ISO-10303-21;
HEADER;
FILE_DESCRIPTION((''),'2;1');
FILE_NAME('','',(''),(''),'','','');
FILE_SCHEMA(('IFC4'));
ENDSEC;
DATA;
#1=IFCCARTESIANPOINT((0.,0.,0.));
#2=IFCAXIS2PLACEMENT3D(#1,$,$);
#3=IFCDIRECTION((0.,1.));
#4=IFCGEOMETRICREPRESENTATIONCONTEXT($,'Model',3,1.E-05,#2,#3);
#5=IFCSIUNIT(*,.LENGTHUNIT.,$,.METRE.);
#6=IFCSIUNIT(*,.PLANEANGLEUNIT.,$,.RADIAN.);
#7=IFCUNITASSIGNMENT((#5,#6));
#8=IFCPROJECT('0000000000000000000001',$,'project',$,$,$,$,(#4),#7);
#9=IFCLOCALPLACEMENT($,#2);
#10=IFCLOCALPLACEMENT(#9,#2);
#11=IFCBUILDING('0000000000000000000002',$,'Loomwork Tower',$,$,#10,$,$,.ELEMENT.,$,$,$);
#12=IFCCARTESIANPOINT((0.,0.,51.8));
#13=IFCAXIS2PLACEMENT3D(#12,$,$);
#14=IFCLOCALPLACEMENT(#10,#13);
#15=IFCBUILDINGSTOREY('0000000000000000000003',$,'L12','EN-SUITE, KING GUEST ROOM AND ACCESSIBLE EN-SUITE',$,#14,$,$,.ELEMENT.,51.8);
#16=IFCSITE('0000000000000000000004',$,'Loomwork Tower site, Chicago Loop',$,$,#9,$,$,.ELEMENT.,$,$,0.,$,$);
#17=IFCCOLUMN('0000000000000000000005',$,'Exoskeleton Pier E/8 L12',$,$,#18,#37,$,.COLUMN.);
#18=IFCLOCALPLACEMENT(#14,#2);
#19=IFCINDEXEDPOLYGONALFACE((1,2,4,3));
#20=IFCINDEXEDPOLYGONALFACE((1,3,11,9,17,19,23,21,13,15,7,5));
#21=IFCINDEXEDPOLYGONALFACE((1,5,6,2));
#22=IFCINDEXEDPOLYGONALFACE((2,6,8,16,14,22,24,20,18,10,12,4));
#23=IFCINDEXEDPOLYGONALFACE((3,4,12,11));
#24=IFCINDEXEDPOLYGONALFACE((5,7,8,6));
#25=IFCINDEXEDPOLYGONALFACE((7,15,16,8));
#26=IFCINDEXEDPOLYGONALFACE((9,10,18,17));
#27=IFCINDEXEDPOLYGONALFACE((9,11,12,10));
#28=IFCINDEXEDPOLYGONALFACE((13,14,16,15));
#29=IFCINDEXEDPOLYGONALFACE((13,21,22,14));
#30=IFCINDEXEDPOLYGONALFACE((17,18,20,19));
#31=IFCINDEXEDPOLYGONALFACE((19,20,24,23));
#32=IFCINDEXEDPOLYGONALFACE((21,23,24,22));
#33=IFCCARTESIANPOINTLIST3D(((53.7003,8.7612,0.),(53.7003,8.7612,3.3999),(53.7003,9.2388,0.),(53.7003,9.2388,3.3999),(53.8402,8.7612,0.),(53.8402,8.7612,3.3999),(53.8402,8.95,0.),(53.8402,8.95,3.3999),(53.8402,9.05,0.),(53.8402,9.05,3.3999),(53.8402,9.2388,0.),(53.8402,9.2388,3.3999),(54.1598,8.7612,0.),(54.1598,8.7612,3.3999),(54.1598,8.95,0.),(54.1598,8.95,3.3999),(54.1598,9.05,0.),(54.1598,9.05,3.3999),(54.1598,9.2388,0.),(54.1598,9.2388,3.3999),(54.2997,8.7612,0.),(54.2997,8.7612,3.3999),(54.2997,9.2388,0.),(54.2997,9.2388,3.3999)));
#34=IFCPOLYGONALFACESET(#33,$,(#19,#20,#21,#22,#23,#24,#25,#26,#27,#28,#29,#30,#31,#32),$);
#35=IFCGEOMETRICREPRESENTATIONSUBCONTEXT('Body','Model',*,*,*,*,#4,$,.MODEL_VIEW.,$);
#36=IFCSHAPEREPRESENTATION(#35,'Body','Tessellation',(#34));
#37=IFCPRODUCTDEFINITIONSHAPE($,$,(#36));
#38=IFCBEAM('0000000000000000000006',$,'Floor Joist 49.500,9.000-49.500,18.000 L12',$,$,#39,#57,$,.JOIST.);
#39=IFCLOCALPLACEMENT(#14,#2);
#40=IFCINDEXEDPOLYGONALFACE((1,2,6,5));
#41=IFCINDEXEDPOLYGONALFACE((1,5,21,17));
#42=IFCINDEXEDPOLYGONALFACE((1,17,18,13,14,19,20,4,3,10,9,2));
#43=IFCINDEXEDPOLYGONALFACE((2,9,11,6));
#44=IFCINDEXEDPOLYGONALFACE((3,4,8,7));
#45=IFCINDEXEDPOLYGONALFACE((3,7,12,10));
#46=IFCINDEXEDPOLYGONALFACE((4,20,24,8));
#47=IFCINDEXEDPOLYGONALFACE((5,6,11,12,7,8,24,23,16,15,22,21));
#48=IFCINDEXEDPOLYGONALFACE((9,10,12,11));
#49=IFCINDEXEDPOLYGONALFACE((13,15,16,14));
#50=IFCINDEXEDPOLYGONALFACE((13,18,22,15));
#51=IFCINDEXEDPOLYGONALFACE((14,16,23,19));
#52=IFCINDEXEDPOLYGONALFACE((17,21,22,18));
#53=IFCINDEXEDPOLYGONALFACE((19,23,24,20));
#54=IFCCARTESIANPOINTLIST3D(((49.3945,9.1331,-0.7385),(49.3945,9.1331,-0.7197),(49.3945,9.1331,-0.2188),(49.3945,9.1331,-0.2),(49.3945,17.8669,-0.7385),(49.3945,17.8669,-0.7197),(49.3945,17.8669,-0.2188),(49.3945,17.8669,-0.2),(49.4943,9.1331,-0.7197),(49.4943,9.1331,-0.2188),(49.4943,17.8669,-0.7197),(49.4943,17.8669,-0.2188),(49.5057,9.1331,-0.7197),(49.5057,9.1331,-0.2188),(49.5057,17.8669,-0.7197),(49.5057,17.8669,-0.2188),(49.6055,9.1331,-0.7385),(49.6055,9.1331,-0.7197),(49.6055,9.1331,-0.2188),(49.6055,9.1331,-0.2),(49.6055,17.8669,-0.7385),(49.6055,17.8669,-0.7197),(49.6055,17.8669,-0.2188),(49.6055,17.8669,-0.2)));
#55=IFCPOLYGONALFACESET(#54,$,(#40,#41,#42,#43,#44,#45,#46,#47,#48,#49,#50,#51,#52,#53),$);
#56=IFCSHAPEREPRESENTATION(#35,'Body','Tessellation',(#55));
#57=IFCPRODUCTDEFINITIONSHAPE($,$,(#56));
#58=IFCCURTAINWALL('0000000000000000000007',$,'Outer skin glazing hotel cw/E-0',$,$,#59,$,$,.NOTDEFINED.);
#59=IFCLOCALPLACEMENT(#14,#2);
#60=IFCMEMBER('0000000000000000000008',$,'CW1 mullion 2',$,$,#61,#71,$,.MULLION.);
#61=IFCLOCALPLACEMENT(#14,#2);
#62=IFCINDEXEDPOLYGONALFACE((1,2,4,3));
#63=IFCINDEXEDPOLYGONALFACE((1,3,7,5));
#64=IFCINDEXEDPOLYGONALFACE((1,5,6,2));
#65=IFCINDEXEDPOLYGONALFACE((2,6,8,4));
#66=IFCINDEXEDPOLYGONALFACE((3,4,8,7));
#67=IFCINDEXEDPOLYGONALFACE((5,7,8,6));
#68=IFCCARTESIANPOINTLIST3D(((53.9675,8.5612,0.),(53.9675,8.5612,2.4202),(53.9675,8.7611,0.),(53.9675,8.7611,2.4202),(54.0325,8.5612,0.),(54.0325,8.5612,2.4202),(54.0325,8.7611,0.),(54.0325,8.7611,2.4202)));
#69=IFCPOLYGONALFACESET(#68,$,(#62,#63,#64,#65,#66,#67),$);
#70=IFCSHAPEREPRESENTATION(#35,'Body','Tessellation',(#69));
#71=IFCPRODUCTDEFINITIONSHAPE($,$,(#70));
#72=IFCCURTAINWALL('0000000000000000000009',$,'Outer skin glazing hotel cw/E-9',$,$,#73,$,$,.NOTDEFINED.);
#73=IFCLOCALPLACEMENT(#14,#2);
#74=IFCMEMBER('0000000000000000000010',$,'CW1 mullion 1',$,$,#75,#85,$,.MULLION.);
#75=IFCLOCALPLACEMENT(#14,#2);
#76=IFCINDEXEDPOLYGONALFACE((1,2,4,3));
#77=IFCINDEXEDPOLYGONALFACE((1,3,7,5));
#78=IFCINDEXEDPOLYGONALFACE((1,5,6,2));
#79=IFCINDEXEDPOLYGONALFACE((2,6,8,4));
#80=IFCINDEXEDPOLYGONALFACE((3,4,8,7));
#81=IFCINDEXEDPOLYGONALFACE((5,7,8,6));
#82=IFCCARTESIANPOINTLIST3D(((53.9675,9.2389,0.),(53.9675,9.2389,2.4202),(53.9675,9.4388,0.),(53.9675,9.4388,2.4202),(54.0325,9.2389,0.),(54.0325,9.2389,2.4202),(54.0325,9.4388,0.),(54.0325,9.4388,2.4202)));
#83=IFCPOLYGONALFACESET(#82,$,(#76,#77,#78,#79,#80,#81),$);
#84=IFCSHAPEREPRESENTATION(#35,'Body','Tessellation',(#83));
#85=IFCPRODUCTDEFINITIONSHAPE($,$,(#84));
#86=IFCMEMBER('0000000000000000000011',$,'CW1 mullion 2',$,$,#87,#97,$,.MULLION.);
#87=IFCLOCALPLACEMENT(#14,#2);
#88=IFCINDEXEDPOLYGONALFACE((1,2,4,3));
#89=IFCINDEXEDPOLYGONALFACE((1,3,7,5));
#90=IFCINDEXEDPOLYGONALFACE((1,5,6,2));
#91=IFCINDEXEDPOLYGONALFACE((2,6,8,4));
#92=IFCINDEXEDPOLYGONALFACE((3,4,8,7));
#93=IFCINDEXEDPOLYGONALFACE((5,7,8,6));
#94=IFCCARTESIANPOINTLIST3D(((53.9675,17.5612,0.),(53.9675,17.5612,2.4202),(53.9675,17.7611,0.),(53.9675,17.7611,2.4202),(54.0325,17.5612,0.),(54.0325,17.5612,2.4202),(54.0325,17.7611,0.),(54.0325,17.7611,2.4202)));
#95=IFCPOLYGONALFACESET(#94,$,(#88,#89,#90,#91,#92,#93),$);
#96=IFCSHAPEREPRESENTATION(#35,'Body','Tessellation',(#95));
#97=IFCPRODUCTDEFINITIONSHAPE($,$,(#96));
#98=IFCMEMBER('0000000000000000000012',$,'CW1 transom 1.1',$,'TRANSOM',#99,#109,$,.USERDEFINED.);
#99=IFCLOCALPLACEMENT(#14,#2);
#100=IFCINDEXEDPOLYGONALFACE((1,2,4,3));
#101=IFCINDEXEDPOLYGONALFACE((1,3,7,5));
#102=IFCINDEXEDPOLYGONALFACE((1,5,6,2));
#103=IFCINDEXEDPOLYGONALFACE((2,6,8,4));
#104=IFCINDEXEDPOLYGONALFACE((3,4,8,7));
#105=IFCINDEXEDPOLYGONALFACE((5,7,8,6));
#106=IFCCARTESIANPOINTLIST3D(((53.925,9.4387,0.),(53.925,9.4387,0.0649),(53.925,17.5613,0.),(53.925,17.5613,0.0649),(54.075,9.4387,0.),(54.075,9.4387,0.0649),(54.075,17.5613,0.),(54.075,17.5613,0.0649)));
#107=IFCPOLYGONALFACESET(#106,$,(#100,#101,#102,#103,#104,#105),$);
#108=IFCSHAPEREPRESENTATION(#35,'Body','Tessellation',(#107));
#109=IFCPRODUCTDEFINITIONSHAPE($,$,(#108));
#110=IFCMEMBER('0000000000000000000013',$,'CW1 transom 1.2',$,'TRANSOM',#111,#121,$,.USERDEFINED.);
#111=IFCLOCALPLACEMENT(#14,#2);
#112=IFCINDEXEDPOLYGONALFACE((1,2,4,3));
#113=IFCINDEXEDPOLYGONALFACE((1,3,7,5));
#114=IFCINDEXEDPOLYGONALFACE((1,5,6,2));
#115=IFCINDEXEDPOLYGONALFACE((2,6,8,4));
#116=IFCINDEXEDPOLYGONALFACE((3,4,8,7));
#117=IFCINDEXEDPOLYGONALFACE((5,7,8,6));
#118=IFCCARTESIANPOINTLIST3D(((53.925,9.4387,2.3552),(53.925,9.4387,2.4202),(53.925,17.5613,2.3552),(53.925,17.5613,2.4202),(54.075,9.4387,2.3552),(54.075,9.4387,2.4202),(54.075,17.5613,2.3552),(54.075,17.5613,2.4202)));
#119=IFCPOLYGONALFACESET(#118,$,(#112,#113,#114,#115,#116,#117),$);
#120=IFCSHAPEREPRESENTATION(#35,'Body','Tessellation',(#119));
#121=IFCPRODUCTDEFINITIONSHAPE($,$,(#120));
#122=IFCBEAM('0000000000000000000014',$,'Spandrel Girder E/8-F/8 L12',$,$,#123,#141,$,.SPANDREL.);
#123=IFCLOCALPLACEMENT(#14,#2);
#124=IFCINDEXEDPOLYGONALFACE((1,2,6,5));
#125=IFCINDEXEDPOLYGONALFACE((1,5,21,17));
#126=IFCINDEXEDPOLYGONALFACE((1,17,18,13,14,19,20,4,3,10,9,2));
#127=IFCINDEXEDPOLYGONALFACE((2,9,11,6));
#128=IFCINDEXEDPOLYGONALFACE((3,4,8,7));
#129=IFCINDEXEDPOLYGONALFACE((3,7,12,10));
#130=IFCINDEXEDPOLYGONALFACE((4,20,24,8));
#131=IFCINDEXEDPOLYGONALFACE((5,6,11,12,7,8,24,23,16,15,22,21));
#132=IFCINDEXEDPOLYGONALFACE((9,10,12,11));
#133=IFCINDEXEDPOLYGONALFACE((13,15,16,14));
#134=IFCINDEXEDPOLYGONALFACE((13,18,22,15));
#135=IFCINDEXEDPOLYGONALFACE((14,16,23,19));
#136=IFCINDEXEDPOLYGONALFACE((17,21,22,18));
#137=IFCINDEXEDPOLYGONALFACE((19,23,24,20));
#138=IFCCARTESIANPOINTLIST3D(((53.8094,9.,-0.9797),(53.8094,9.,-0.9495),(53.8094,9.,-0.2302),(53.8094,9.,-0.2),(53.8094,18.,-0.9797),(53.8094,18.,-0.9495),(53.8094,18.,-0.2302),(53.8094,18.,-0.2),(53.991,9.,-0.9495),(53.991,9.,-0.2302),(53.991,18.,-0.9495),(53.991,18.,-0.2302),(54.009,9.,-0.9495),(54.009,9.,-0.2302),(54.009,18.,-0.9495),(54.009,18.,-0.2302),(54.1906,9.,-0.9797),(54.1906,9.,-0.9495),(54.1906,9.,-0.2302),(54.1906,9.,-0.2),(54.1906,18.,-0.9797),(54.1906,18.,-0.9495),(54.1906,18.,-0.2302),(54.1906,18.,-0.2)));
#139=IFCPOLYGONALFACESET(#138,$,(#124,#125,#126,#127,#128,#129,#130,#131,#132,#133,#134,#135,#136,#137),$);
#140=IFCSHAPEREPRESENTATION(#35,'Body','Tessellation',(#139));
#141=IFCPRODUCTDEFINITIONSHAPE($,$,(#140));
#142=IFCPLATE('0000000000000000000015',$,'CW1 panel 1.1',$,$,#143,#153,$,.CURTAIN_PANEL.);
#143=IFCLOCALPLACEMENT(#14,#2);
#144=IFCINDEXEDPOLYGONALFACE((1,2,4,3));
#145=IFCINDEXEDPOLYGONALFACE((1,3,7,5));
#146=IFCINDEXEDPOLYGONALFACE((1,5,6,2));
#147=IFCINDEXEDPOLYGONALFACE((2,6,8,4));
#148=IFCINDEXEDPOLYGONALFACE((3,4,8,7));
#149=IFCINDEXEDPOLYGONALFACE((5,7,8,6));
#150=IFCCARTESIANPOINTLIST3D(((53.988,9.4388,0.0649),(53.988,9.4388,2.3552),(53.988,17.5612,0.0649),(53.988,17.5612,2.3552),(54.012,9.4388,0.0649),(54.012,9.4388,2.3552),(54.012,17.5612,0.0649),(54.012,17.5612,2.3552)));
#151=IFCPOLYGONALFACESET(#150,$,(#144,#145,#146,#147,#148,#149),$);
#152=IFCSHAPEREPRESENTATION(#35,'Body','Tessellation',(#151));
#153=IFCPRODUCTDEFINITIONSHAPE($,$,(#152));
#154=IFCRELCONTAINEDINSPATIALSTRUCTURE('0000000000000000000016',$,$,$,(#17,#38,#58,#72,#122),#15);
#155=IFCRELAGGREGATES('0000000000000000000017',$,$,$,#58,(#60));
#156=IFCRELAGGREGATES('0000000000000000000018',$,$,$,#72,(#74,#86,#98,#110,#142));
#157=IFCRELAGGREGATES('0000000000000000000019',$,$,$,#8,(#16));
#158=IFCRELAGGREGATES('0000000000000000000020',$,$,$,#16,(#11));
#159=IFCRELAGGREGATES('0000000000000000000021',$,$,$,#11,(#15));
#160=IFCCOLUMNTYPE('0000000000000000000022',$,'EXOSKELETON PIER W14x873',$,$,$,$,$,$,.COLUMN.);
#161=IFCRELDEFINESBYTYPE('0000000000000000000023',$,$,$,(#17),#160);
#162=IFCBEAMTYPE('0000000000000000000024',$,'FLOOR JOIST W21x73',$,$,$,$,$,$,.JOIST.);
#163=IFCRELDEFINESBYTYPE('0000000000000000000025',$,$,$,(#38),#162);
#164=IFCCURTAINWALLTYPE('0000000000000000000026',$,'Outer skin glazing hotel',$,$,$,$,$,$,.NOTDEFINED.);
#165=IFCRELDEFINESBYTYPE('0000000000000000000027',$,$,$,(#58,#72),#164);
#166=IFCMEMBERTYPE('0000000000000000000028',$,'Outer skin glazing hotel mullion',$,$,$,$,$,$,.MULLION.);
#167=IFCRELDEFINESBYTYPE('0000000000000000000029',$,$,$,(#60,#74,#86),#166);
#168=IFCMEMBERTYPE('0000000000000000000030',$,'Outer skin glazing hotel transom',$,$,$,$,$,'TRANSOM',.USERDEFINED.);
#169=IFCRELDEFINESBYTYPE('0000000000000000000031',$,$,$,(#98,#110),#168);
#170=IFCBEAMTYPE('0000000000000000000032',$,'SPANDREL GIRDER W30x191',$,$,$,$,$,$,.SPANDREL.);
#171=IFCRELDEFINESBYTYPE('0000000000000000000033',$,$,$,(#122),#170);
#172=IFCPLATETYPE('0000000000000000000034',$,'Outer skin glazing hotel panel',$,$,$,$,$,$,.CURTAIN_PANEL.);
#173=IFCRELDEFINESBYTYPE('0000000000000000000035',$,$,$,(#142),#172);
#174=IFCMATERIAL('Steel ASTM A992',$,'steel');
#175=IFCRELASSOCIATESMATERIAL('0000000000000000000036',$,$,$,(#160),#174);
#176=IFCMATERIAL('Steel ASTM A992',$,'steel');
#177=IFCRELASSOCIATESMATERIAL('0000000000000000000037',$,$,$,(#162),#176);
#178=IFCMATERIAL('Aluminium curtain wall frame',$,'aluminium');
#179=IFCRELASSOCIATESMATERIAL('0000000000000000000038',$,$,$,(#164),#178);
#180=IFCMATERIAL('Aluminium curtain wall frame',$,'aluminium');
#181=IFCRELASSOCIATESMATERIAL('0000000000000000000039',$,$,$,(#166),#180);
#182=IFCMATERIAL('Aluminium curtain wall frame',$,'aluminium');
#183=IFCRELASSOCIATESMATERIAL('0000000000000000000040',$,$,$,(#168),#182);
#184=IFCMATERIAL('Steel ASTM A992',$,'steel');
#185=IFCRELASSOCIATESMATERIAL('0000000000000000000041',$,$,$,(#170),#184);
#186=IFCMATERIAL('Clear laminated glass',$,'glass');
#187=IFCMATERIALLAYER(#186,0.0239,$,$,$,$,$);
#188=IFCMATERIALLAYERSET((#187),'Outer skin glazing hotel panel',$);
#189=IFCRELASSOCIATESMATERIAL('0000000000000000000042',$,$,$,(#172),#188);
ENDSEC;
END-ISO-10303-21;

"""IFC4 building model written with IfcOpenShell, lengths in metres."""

from ifc_helpers import new_model, si_unit, direction, frame, origin, origin_2d, place, context, subcontext, project, spatial, rectangle, i_section, extrude, material, layer, layer_set, material_profile, profile_set, type_object, element, aggregate, save


model = new_model("IFC4")

# Units and contexts
model_context = context("Model", 3, precision=1e-05, world=origin(), true_north=direction((0.0, 1.0)))
body_context = subcontext(model_context, "Body", "Model", "MODEL_VIEW")
ifc_project = project(units=[si_unit("LENGTHUNIT", "METRE"), si_unit("PLANEANGLEUNIT", "RADIAN")], contexts=[model_context])

# Site, building, storey
site_placement = place(None, origin())
site = spatial("IfcSite", under=ifc_project, at=site_placement, Name="Loomwork Tower site, Chicago Loop", CompositionType="ELEMENT", RefElevation=0.0)
building_placement = place(site_placement, origin())
building = spatial("IfcBuilding", under=site, at=building_placement, Name="Loomwork Tower", CompositionType="ELEMENT")
storey_placement = place(building_placement, frame((0.0, 0.0, 51.8)))
storey = spatial("IfcBuildingStorey", under=building, at=storey_placement, Name="L12", Description="EN-SUITE, KING GUEST ROOM AND ACCESSIBLE EN-SUITE", CompositionType="ELEMENT", Elevation=51.8)

# Column
ifc_material_1 = material(Name="Steel ASTM A992", Category="steel")
ifc_material_profile_1 = material_profile(ifc_material_1, i_section(OverallWidth=0.4775, OverallDepth=0.5994, WebThickness=0.1001, FlangeThickness=0.1399, at=origin_2d()), Name="W14x873")
ifc_profile_set_1 = profile_set([ifc_material_profile_1], Name="Steel ASTM A992")
column_type = type_object("IfcColumnType", Name="EXOSKELETON PIER W14x873", PredefinedType="COLUMN", material=ifc_profile_set_1)
column_placement = place(storey_placement, frame((54.0, 9.0, 0.0), z_axis=(0.0, 0.0, 1.0), x_axis=(0.0, 1.0, 0.0)))
element("IfcColumn", 1, at=column_placement, inside=storey, type_object=column_type, Name="Exoskeleton Pier E/8 L12", PredefinedType="COLUMN", context=body_context, shape_type="SweptSolid", body=[
    extrude(i_section(OverallWidth=0.4775, OverallDepth=0.5994, WebThickness=0.1001, FlangeThickness=0.1399, at=origin_2d()), origin(), (0.0, 0.0, 1.0), 3.3999),
])

# Beam
ifc_material_2 = material(Name="Steel ASTM A992", Category="steel")
ifc_material_profile_2 = material_profile(ifc_material_2, i_section(OverallWidth=0.2109, OverallDepth=0.5386, WebThickness=0.0115, FlangeThickness=0.0188, at=origin_2d()), Name="W21x73")
ifc_profile_set_2 = profile_set([ifc_material_profile_2], Name="Steel ASTM A992")
beam_type_1 = type_object("IfcBeamType", Name="FLOOR JOIST W21x73", PredefinedType="JOIST", material=ifc_profile_set_2)
beam_1_placement = place(storey_placement, frame((49.5, 9.1331, -0.4692), z_axis=(0.0, 1.0, 0.0), x_axis=(-1.0, 0.0, 0.0)))
element("IfcBeam", 2, at=beam_1_placement, inside=storey, type_object=beam_type_1, Name="Floor Joist 49.500,9.000-49.500,18.000 L12", PredefinedType="JOIST", context=body_context, shape_type="SweptSolid", body=[
    extrude(i_section(OverallWidth=0.2109, OverallDepth=0.5386, WebThickness=0.0115, FlangeThickness=0.0188, at=origin_2d()), origin(), (0.0, 0.0, 1.0), 8.7339),
])

# Curtain wall, member
ifc_material_3 = material(Name="Aluminium curtain wall frame", Category="aluminium")
curtain_wall_type = type_object("IfcCurtainWallType", Name="Outer skin glazing hotel", PredefinedType="NOTDEFINED", material=ifc_material_3)
curtain_wall_1_placement = place(storey_placement, origin())
curtain_wall_1 = element("IfcCurtainWall", 3, at=curtain_wall_1_placement, inside=storey, type_object=curtain_wall_type, Name="Outer skin glazing hotel cw/E-0", PredefinedType="NOTDEFINED")
ifc_material_4 = material(Name="Aluminium curtain wall frame", Category="aluminium")
ifc_material_profile_3 = material_profile(ifc_material_4, rectangle(XDim=0.0649, YDim=0.2, at=origin_2d()), Name="AL 65x200")
ifc_profile_set_3 = profile_set([ifc_material_profile_3], Name="Aluminium curtain wall frame")
member_type_1 = type_object("IfcMemberType", Name="Outer skin glazing hotel mullion", PredefinedType="MULLION", material=ifc_profile_set_3)
member_1_placement = place(storey_placement, frame((54.0, 8.6611, 0.0), z_axis=(0.0, 0.0, 1.0), x_axis=(-1.0, 0.0, 0.0)))
member_1 = element("IfcMember", 4, at=member_1_placement, type_object=member_type_1, Name="CW1 mullion 2", PredefinedType="MULLION", context=body_context, shape_type="SweptSolid", body=[
    extrude(rectangle(XDim=0.0649, YDim=0.2, at=origin_2d()), origin(), (0.0, 0.0, 1.0), 2.4202),
])
aggregate(curtain_wall_1, [member_1])

# Curtain wall, members
curtain_wall_2_placement = place(storey_placement, origin())
curtain_wall_2 = element("IfcCurtainWall", 5, at=curtain_wall_2_placement, inside=storey, type_object=curtain_wall_type, Name="Outer skin glazing hotel cw/E-9", PredefinedType="NOTDEFINED")
member_2_placement = place(storey_placement, frame((54.0, 9.3389, 0.0), z_axis=(0.0, 0.0, 1.0), x_axis=(-1.0, 0.0, 0.0)))
member_2 = element("IfcMember", 6, at=member_2_placement, type_object=member_type_1, Name="CW1 mullion 1", PredefinedType="MULLION", context=body_context, shape_type="SweptSolid", body=[
    extrude(rectangle(XDim=0.0649, YDim=0.2, at=origin_2d()), origin(), (0.0, 0.0, 1.0), 2.4202),
])
member_3_placement = place(storey_placement, frame((54.0, 17.6611, 0.0), z_axis=(0.0, 0.0, 1.0), x_axis=(-1.0, 0.0, 0.0)))
member_3 = element("IfcMember", 7, at=member_3_placement, type_object=member_type_1, Name="CW1 mullion 2", PredefinedType="MULLION", context=body_context, shape_type="SweptSolid", body=[
    extrude(rectangle(XDim=0.0649, YDim=0.2, at=origin_2d()), origin(), (0.0, 0.0, 1.0), 2.4202),
])
ifc_material_5 = material(Name="Aluminium curtain wall frame", Category="aluminium")
ifc_material_profile_4 = material_profile(ifc_material_5, rectangle(XDim=0.1499, YDim=0.0649, at=origin_2d()), Name="AL 65x150")
ifc_profile_set_4 = profile_set([ifc_material_profile_4], Name="Aluminium curtain wall frame")
member_type_2 = type_object("IfcMemberType", Name="Outer skin glazing hotel transom", ElementType="TRANSOM", PredefinedType="USERDEFINED", material=ifc_profile_set_4)
member_4_placement = place(storey_placement, frame((54.0, 9.4387, 0.0325), z_axis=(0.0, 1.0, 0.0), x_axis=(-1.0, 0.0, 0.0)))
member_4 = element("IfcMember", 8, at=member_4_placement, type_object=member_type_2, Name="CW1 transom 1.1", ObjectType="TRANSOM", PredefinedType="USERDEFINED", context=body_context, shape_type="SweptSolid", body=[
    extrude(rectangle(XDim=0.1499, YDim=0.0649, at=origin_2d()), origin(), (0.0, 0.0, 1.0), 8.1226),
])
member_5_placement = place(storey_placement, frame((54.0, 9.4387, 2.3877), z_axis=(0.0, 1.0, 0.0), x_axis=(-1.0, 0.0, 0.0)))
member_5 = element("IfcMember", 9, at=member_5_placement, type_object=member_type_2, Name="CW1 transom 1.2", ObjectType="TRANSOM", PredefinedType="USERDEFINED", context=body_context, shape_type="SweptSolid", body=[
    extrude(rectangle(XDim=0.1499, YDim=0.0649, at=origin_2d()), origin(), (0.0, 0.0, 1.0), 8.1226),
])

# Beam
ifc_material_6 = material(Name="Steel ASTM A992", Category="steel")
ifc_material_profile_5 = material_profile(ifc_material_6, i_section(OverallWidth=0.3811, OverallDepth=0.7798, WebThickness=0.0181, FlangeThickness=0.0303, at=origin_2d()), Name="W30x191")
ifc_profile_set_5 = profile_set([ifc_material_profile_5], Name="Steel ASTM A992")
beam_type_2 = type_object("IfcBeamType", Name="SPANDREL GIRDER W30x191", PredefinedType="SPANDREL", material=ifc_profile_set_5)
beam_2_placement = place(storey_placement, frame((54.0, 9.0, -0.5898), z_axis=(0.0, 1.0, 0.0), x_axis=(-1.0, 0.0, 0.0)))
element("IfcBeam", 10, at=beam_2_placement, inside=storey, type_object=beam_type_2, Name="Spandrel Girder E/8-F/8 L12", PredefinedType="SPANDREL", context=body_context, shape_type="SweptSolid", body=[
    extrude(i_section(OverallWidth=0.3811, OverallDepth=0.7798, WebThickness=0.0181, FlangeThickness=0.0303, at=origin_2d()), origin(), (0.0, 0.0, 1.0), 9.0),
])

# Plate
ifc_material_7 = material(Name="Clear laminated glass", Category="glass")
ifc_layer_1 = layer(ifc_material_7, 0.0239)
ifc_layer_set_1 = layer_set([ifc_layer_1], Name="Outer skin glazing hotel panel")
plate_type = type_object("IfcPlateType", Name="Outer skin glazing hotel panel", PredefinedType="CURTAIN_PANEL", material=ifc_layer_set_1)
plate_placement = place(storey_placement, frame((54.0, 13.5, 0.0649), z_axis=(0.0, 0.0, 1.0), x_axis=(0.0, 1.0, 0.0)))
plate = element("IfcPlate", 11, at=plate_placement, type_object=plate_type, Name="CW1 panel 1.1", PredefinedType="CURTAIN_PANEL", context=body_context, shape_type="SweptSolid", body=[
    extrude(rectangle(XDim=8.1223, YDim=0.0239, at=origin_2d()), origin(), (0.0, 0.0, 1.0), 2.2903),
])
aggregate(curtain_wall_2, [member_2, member_3, member_4, member_5, plate])

save(model, "model.ifc")
